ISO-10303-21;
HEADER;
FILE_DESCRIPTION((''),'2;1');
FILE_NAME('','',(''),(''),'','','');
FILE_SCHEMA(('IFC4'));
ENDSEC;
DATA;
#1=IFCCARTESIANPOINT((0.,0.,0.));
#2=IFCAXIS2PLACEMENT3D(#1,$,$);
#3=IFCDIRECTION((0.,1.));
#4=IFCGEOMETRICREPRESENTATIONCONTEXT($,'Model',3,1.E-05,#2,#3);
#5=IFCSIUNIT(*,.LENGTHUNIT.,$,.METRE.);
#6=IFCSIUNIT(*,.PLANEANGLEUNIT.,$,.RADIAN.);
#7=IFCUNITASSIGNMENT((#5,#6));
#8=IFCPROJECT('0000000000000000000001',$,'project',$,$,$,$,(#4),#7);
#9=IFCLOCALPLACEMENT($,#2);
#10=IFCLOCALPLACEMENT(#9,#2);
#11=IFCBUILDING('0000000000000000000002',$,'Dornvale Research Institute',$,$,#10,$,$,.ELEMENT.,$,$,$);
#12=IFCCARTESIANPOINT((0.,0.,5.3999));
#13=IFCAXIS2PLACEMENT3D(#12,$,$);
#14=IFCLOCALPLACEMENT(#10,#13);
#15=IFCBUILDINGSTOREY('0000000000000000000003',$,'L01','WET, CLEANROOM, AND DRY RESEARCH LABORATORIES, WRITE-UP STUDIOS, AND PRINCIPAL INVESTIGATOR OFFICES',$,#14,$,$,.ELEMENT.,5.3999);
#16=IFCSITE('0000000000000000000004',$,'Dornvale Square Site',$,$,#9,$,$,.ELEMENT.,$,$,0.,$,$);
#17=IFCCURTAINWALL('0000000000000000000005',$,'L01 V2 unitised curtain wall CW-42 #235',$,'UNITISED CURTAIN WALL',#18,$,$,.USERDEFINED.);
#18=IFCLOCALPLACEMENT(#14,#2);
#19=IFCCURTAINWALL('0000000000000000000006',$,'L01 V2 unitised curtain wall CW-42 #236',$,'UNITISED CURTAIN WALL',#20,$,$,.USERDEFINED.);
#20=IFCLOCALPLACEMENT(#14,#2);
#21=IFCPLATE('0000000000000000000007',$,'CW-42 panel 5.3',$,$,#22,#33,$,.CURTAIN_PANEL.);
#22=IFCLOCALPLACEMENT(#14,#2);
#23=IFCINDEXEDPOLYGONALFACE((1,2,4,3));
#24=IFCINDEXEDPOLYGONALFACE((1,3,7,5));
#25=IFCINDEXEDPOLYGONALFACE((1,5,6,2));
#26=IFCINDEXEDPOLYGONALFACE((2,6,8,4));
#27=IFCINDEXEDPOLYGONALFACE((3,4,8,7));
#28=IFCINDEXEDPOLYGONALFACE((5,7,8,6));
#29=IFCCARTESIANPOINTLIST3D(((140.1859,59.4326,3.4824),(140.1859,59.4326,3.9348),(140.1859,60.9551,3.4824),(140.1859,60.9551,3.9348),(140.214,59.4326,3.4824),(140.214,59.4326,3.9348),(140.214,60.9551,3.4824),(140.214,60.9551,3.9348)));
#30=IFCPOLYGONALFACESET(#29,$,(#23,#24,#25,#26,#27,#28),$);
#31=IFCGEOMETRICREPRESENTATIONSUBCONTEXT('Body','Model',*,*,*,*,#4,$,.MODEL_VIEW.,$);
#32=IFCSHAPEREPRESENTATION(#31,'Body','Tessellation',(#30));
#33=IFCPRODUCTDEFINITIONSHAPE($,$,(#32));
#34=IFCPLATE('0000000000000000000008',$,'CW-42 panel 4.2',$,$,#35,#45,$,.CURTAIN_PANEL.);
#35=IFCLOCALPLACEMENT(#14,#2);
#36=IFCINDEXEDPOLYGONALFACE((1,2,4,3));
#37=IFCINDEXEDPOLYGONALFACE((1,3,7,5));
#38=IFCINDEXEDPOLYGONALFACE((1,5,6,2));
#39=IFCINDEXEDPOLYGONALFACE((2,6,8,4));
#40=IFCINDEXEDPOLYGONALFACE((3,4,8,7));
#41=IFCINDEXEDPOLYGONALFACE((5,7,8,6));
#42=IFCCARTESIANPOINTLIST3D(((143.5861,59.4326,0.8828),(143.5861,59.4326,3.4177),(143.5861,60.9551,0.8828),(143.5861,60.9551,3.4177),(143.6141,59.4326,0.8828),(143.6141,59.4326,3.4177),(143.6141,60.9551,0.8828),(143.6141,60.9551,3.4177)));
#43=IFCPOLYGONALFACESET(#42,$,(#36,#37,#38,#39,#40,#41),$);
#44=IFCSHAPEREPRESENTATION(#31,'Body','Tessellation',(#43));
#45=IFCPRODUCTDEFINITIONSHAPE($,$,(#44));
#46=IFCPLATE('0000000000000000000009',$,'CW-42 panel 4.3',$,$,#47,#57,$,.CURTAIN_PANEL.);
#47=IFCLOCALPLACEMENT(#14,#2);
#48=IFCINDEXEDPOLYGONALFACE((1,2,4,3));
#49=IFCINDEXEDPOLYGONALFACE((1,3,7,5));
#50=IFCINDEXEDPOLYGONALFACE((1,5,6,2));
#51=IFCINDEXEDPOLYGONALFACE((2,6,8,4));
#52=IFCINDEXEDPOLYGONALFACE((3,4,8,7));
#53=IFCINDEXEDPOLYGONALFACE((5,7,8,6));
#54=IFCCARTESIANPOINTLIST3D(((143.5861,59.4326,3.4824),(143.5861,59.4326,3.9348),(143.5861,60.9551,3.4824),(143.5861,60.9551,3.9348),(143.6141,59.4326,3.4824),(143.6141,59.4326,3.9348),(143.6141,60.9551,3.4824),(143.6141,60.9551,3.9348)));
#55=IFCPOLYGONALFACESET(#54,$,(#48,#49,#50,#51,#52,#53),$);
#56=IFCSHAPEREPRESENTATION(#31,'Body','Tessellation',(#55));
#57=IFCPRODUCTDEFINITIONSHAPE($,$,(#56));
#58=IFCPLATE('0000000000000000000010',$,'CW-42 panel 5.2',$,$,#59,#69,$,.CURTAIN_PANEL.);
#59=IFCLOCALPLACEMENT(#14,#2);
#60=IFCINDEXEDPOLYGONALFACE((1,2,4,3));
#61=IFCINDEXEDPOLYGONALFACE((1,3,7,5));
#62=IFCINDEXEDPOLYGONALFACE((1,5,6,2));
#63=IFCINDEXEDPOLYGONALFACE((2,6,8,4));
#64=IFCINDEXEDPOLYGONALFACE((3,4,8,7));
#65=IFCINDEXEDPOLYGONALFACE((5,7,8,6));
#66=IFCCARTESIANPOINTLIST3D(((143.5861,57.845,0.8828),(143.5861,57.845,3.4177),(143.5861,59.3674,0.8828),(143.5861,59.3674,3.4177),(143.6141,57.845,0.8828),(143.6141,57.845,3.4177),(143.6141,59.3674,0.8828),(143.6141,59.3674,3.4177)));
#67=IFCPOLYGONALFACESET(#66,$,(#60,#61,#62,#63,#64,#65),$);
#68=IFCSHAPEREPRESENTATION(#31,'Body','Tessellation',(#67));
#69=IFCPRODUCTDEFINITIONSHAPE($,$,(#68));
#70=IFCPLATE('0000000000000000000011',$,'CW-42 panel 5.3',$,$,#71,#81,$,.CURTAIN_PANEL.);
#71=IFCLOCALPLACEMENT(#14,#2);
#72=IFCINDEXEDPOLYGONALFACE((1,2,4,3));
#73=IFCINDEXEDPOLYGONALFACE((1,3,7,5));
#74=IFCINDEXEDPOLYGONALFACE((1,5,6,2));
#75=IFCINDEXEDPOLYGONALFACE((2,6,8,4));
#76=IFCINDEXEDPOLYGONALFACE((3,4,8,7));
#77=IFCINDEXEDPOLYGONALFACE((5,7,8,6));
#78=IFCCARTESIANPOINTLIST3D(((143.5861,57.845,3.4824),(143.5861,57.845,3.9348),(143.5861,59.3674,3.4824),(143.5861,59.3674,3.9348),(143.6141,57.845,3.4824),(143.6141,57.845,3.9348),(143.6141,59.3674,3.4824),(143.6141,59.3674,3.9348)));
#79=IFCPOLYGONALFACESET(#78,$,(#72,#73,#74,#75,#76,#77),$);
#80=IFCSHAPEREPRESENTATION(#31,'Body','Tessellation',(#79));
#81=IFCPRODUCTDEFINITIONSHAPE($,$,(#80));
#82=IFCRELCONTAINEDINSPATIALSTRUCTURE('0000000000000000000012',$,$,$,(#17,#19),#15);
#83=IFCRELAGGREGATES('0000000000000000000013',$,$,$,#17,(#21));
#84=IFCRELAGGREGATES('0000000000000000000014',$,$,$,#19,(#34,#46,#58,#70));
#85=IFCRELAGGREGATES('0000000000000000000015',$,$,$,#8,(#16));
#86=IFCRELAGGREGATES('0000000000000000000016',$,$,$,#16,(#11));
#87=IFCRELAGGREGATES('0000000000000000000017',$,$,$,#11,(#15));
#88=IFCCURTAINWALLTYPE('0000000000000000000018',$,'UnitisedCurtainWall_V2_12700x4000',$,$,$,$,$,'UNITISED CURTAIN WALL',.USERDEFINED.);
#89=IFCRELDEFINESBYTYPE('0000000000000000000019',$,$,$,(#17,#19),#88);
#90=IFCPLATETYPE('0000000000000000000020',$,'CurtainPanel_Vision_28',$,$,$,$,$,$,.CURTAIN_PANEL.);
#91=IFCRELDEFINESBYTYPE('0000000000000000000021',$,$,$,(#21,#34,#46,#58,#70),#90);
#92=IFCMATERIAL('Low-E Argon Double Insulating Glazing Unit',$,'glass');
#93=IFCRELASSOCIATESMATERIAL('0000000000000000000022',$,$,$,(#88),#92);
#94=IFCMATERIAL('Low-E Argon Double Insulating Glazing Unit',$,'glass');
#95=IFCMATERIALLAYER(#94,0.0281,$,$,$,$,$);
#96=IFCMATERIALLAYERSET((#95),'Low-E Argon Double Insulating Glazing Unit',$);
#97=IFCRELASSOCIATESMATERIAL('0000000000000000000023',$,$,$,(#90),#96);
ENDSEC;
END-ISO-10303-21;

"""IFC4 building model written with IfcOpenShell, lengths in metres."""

from ifc_helpers import new_model, si_unit, direction, frame, origin, origin_2d, place, context, subcontext, project, spatial, rectangle, extrude, material, layer, layer_set, type_object, element, aggregate, save


model = new_model("IFC4")

# Units and contexts
model_context = context("Model", 3, precision=1e-05, world=origin(), true_north=direction((0.0, 1.0)))
body_context = subcontext(model_context, "Body", "Model", "MODEL_VIEW")
ifc_project = project(units=[si_unit("LENGTHUNIT", "METRE"), si_unit("PLANEANGLEUNIT", "RADIAN")], contexts=[model_context])

# Site, building, storey
site_placement = place(None, origin())
site = spatial("IfcSite", under=ifc_project, at=site_placement, Name="Dornvale Square Site", CompositionType="ELEMENT", RefElevation=0.0)
building_placement = place(site_placement, origin())
building = spatial("IfcBuilding", under=site, at=building_placement, Name="Dornvale Research Institute", CompositionType="ELEMENT")
storey_placement = place(building_placement, frame((0.0, 0.0, 5.3999)))
storey = spatial("IfcBuildingStorey", under=building, at=storey_placement, Name="L01", Description="WET, CLEANROOM, AND DRY RESEARCH LABORATORIES, WRITE-UP STUDIOS, AND PRINCIPAL INVESTIGATOR OFFICES", CompositionType="ELEMENT", Elevation=5.3999)

# Curtain walls
ifc_material_1 = material(Name="Low-E Argon Double Insulating Glazing Unit", Category="glass")
curtain_wall_type = type_object("IfcCurtainWallType", Name="UnitisedCurtainWall_V2_12700x4000", ElementType="UNITISED CURTAIN WALL", PredefinedType="USERDEFINED", material=ifc_material_1)
curtain_wall_1_placement = place(storey_placement, origin())
curtain_wall_1 = element("IfcCurtainWall", 1, at=curtain_wall_1_placement, inside=storey, type_object=curtain_wall_type, Name="L01 V2 unitised curtain wall CW-42 #235", ObjectType="UNITISED CURTAIN WALL", PredefinedType="USERDEFINED")
curtain_wall_2_placement = place(storey_placement, origin())
curtain_wall_2 = element("IfcCurtainWall", 2, at=curtain_wall_2_placement, inside=storey, type_object=curtain_wall_type, Name="L01 V2 unitised curtain wall CW-42 #236", ObjectType="UNITISED CURTAIN WALL", PredefinedType="USERDEFINED")

# Plates
ifc_material_2 = material(Name="Low-E Argon Double Insulating Glazing Unit", Category="glass")
ifc_layer_1 = layer(ifc_material_2, 0.0281)
ifc_layer_set_1 = layer_set([ifc_layer_1], Name="Low-E Argon Double Insulating Glazing Unit")
plate_type_1 = type_object("IfcPlateType", Name="CurtainPanel_Vision_28", PredefinedType="CURTAIN_PANEL", material=ifc_layer_set_1)
plate_1_placement = place(storey_placement, frame((140.2, 60.1938, 3.4824), z_axis=(0.0, 0.0, 1.0), x_axis=(0.0, 1.0, 0.0)))
plate_1 = element("IfcPlate", 3, at=plate_1_placement, type_object=plate_type_1, Name="CW-42 panel 5.3", PredefinedType="CURTAIN_PANEL", context=body_context, shape_type="SweptSolid", body=[
    extrude(rectangle(XDim=1.5225, YDim=0.0281, at=origin_2d()), origin(), (0.0, 0.0, 1.0), 0.4524),
])
aggregate(curtain_wall_1, [plate_1])
plate_2_placement = place(storey_placement, frame((143.6001, 60.1938, 0.8828), z_axis=(0.0, 0.0, 1.0), x_axis=(0.0, -1.0, 0.0)))
plate_2 = element("IfcPlate", 4, at=plate_2_placement, type_object=plate_type_1, Name="CW-42 panel 4.2", PredefinedType="CURTAIN_PANEL", context=body_context, shape_type="SweptSolid", body=[
    extrude(rectangle(XDim=1.5225, YDim=0.0281, at=origin_2d()), origin(), (0.0, 0.0, 1.0), 2.5349),
])
plate_3_placement = place(storey_placement, frame((143.6001, 60.1938, 3.4824), z_axis=(0.0, 0.0, 1.0), x_axis=(0.0, -1.0, 0.0)))
plate_3 = element("IfcPlate", 5, at=plate_3_placement, type_object=plate_type_1, Name="CW-42 panel 4.3", PredefinedType="CURTAIN_PANEL", context=body_context, shape_type="SweptSolid", body=[
    extrude(rectangle(XDim=1.5225, YDim=0.0281, at=origin_2d()), origin(), (0.0, 0.0, 1.0), 0.4524),
])
plate_4_placement = place(storey_placement, frame((143.6001, 58.6062, 0.8828), z_axis=(0.0, 0.0, 1.0), x_axis=(0.0, -1.0, 0.0)))
plate_4 = element("IfcPlate", 6, at=plate_4_placement, type_object=plate_type_1, Name="CW-42 panel 5.2", PredefinedType="CURTAIN_PANEL", context=body_context, shape_type="SweptSolid", body=[
    extrude(rectangle(XDim=1.5225, YDim=0.0281, at=origin_2d()), origin(), (0.0, 0.0, 1.0), 2.5349),
])
plate_5_placement = place(storey_placement, frame((143.6001, 58.6062, 3.4824), z_axis=(0.0, 0.0, 1.0), x_axis=(0.0, -1.0, 0.0)))
plate_5 = element("IfcPlate", 7, at=plate_5_placement, type_object=plate_type_1, Name="CW-42 panel 5.3", PredefinedType="CURTAIN_PANEL", context=body_context, shape_type="SweptSolid", body=[
    extrude(rectangle(XDim=1.5225, YDim=0.0281, at=origin_2d()), origin(), (0.0, 0.0, 1.0), 0.4524),
])
aggregate(curtain_wall_2, [plate_2, plate_3, plate_4, plate_5])

save(model, "model.ifc")
